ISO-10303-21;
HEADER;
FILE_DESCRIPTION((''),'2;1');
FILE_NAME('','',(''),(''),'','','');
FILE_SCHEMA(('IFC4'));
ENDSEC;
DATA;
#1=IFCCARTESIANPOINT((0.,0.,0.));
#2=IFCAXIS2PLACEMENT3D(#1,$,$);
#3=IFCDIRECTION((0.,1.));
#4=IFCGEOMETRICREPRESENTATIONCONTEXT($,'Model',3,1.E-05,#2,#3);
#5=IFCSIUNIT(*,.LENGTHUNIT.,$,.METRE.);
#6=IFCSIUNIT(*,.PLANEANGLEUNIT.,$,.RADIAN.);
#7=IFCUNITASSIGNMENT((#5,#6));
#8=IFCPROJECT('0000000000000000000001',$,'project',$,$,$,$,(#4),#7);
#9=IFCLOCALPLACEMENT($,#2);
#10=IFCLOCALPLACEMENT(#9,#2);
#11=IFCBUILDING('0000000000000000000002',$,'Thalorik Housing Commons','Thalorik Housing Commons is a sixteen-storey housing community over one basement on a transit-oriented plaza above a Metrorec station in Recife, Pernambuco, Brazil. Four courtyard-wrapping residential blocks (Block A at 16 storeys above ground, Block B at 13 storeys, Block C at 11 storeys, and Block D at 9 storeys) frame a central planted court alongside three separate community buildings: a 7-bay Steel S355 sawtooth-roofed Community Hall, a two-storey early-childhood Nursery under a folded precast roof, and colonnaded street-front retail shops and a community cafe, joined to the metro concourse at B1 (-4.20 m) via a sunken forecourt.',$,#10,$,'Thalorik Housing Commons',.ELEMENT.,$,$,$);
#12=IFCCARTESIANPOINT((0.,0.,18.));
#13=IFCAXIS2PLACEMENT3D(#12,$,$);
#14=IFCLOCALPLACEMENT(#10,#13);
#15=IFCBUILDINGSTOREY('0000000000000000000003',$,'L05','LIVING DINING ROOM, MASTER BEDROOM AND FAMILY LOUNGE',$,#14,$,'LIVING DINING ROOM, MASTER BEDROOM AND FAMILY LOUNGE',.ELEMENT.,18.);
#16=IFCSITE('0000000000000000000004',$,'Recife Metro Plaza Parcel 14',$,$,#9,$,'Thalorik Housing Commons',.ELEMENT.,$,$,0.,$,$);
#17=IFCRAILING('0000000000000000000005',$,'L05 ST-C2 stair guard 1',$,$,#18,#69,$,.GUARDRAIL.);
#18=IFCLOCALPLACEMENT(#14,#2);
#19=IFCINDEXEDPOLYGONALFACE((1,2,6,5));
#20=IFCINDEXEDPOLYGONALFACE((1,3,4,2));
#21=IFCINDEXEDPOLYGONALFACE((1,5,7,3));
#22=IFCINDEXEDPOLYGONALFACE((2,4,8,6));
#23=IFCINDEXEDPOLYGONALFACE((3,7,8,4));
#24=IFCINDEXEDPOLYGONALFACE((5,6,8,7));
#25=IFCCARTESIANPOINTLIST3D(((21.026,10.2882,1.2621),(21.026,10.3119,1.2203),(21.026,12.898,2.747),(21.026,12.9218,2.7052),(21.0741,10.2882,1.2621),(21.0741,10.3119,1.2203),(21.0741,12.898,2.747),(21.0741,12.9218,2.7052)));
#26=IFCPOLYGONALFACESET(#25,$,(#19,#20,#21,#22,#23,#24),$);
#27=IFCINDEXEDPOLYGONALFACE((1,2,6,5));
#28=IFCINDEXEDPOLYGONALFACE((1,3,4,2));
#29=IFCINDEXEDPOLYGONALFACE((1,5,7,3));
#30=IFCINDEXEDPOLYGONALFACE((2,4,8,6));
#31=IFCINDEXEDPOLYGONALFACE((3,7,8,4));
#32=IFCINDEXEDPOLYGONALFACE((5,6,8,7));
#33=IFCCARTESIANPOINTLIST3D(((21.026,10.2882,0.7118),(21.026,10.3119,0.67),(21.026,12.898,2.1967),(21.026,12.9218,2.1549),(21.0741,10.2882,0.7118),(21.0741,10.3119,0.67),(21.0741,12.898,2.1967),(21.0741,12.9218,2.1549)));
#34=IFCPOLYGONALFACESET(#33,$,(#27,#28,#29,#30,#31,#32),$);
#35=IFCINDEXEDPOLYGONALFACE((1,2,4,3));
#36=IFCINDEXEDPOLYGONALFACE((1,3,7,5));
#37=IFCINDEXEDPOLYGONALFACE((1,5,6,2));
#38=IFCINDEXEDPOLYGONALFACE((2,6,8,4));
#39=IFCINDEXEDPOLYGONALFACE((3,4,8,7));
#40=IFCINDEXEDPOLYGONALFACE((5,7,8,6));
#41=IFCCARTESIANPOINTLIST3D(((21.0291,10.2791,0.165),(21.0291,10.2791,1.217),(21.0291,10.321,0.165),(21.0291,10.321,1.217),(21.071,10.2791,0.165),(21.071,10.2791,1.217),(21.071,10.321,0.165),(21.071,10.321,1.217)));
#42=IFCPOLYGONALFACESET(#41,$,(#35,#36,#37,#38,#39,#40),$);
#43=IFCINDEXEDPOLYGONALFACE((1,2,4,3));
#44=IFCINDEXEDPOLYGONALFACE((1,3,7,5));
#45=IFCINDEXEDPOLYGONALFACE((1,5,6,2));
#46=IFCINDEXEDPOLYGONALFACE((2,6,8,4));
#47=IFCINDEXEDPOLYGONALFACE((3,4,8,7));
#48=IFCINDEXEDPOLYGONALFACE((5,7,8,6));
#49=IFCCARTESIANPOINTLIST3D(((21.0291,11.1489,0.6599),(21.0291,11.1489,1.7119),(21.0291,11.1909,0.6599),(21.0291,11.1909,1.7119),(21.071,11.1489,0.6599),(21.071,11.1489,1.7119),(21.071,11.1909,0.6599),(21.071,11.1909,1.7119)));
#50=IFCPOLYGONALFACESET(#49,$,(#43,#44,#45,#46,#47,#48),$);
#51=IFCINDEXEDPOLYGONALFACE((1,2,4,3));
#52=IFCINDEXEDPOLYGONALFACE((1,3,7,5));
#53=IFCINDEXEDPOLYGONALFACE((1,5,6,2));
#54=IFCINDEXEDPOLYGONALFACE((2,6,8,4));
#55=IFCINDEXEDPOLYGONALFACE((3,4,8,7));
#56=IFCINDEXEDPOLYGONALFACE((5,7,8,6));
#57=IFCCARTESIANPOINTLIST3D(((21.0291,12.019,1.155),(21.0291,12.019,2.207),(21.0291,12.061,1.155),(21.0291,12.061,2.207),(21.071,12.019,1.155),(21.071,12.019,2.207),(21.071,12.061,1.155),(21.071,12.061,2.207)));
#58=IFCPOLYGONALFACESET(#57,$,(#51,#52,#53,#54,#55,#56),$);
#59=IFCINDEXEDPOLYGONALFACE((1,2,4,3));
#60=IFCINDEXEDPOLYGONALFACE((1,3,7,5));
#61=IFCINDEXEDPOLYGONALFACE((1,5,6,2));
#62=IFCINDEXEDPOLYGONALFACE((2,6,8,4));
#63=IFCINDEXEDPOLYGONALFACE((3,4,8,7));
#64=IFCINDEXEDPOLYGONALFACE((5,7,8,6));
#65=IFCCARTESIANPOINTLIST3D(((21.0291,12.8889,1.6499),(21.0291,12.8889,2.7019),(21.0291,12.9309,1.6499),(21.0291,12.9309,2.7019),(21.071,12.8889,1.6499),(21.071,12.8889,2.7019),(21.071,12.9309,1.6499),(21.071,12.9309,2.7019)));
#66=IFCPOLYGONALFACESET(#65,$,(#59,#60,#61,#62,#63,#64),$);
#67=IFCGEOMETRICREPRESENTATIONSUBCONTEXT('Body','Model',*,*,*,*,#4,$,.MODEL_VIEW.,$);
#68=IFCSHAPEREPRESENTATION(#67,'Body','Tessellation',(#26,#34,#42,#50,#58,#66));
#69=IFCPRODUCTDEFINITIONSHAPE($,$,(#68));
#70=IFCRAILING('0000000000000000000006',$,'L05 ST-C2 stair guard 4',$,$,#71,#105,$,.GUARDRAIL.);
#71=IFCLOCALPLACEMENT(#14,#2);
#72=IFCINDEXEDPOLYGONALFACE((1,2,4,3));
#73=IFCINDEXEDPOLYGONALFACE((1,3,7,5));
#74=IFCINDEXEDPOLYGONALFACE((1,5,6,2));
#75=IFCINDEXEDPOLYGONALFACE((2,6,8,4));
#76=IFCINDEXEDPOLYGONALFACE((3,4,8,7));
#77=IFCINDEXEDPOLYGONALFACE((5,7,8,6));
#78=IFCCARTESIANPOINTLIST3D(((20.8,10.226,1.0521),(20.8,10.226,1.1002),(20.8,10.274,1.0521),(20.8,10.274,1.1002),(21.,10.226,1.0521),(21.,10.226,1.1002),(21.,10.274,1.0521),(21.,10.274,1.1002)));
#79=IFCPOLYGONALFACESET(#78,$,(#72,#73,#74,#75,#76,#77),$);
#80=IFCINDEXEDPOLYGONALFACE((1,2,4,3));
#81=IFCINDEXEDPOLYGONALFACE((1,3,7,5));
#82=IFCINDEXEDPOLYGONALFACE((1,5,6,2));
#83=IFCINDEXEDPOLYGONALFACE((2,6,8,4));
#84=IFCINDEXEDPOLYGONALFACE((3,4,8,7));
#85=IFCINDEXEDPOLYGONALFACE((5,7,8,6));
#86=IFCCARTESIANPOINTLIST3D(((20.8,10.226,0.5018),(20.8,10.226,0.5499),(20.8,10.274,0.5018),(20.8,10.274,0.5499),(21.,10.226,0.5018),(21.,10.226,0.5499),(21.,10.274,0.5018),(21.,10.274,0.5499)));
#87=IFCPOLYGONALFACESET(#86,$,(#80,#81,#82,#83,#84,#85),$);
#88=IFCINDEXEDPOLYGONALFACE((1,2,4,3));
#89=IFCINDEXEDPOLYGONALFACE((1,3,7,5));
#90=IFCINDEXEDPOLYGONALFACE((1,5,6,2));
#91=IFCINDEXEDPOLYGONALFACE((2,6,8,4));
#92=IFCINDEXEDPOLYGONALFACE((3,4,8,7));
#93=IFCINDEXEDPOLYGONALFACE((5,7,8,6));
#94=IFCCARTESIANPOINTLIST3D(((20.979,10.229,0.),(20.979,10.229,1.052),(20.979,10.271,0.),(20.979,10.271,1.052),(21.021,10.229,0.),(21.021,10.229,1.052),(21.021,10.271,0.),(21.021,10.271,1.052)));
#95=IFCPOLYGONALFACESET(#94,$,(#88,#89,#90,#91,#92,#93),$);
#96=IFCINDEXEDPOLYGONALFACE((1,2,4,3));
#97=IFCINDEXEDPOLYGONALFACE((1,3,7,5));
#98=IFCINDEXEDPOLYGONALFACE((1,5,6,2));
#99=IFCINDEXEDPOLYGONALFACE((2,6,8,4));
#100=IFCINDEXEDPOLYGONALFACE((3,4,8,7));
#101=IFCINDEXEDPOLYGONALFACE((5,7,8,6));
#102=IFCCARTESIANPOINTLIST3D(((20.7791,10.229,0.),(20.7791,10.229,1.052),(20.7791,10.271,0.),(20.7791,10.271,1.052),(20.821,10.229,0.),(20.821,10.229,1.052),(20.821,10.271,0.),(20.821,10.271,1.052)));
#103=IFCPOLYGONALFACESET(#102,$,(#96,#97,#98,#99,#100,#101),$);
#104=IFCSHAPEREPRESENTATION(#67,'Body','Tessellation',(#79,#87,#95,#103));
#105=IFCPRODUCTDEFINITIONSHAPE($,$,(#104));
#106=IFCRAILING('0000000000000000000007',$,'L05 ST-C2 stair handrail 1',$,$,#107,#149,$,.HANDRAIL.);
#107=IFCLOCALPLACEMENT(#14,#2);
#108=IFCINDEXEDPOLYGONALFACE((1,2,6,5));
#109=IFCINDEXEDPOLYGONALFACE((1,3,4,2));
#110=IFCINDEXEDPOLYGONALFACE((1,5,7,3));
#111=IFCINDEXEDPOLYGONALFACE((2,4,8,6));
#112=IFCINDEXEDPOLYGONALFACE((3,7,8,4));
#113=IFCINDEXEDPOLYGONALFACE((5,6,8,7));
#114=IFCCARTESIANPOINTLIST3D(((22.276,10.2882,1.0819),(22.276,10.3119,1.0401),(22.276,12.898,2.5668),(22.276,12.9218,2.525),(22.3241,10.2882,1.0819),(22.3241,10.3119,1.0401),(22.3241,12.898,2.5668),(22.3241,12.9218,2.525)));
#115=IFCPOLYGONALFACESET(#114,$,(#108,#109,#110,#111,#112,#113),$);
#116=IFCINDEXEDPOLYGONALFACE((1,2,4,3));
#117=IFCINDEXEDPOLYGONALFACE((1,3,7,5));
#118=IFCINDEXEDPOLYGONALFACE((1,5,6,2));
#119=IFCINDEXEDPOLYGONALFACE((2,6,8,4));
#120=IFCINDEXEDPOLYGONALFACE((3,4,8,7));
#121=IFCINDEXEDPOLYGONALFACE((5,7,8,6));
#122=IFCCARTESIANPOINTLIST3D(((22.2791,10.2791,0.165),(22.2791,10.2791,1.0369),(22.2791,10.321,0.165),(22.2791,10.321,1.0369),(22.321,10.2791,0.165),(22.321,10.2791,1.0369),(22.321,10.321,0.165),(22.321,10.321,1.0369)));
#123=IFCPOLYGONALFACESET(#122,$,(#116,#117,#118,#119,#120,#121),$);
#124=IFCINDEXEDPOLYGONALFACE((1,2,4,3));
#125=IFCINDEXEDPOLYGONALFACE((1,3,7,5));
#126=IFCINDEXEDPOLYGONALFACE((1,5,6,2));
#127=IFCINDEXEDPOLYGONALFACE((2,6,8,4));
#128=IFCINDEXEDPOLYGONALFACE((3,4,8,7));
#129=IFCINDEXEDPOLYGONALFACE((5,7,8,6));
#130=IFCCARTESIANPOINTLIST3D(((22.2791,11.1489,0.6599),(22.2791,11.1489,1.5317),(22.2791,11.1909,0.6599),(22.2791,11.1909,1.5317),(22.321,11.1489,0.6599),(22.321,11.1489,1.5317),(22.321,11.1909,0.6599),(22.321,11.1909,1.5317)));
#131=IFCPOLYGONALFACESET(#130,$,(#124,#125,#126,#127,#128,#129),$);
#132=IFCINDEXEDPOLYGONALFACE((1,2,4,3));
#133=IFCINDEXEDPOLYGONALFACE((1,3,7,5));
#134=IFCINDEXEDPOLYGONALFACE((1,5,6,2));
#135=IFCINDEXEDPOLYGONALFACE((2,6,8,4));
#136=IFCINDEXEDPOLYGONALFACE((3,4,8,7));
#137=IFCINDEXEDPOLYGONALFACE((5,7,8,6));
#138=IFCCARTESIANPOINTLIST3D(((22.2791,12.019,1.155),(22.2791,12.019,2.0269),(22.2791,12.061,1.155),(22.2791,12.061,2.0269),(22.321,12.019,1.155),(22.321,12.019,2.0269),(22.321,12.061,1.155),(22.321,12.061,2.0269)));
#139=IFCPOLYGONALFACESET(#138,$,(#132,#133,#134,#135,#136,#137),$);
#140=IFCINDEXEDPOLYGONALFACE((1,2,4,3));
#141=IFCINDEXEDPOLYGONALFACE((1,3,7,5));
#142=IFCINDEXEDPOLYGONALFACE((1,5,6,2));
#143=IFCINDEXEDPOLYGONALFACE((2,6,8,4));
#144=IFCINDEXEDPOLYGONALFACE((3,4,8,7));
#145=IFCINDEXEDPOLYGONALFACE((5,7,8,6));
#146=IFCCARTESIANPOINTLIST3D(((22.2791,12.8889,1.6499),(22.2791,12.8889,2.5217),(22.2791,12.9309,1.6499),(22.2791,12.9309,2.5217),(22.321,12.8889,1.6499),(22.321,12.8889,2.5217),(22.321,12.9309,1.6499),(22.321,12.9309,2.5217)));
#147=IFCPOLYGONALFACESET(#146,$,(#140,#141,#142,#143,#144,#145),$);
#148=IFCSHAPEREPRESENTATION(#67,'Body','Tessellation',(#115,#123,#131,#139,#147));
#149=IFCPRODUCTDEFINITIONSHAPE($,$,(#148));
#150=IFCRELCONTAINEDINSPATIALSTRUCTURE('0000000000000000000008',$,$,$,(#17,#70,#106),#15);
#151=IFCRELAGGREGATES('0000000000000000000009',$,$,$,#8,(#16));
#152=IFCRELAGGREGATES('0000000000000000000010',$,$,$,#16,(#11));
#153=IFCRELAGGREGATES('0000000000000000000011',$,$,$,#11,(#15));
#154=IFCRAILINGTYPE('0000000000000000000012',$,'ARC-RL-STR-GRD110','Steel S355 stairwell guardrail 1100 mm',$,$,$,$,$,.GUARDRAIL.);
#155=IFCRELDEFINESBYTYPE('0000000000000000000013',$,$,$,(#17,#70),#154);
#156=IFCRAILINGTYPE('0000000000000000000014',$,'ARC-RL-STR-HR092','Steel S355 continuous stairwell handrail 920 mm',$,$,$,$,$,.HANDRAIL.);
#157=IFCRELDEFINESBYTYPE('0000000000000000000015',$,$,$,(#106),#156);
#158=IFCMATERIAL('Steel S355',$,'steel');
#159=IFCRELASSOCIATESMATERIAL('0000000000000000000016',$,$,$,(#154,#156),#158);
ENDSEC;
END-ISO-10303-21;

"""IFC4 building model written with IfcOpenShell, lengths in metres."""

from ifc_helpers import new_model, si_unit, direction, frame, origin, origin_2d, place, context, subcontext, project, spatial, rectangle, extrude, material, type_object, element, save


model = new_model("IFC4")

# Units and contexts
model_context = context("Model", 3, precision=1e-05, world=origin(), true_north=direction((0.0, 1.0)))
body_context = subcontext(model_context, "Body", "Model", "MODEL_VIEW")
ifc_project = project(units=[si_unit("LENGTHUNIT", "METRE"), si_unit("PLANEANGLEUNIT", "RADIAN")], contexts=[model_context])

# Site, building, storey
site_placement = place(None, origin())
site = spatial("IfcSite", under=ifc_project, at=site_placement, Name="Recife Metro Plaza Parcel 14", LongName="Thalorik Housing Commons", CompositionType="ELEMENT", RefElevation=0.0)
building_placement = place(site_placement, origin())
building = spatial("IfcBuilding", under=site, at=building_placement, Name="Thalorik Housing Commons", Description="Thalorik Housing Commons is a sixteen-storey housing community over one basement on a transit-oriented plaza above a Metrorec station in Recife, Pernambuco, Brazil. Four courtyard-wrapping residential blocks (Block A at 16 storeys above ground, Block B at 13 storeys, Block C at 11 storeys, and Block D at 9 storeys) frame a central planted court alongside three separate community buildings: a 7-bay Steel S355 sawtooth-roofed Community Hall, a two-storey early-childhood Nursery under a folded precast roof, and colonnaded street-front retail shops and a community cafe, joined to the metro concourse at B1 (-4.20 m) via a sunken forecourt.", LongName="Thalorik Housing Commons", CompositionType="ELEMENT")
storey_placement = place(building_placement, frame((0.0, 0.0, 18.0)))
storey = spatial("IfcBuildingStorey", under=building, at=storey_placement, Name="L05", Description="LIVING DINING ROOM, MASTER BEDROOM AND FAMILY LOUNGE", LongName="LIVING DINING ROOM, MASTER BEDROOM AND FAMILY LOUNGE", CompositionType="ELEMENT", Elevation=18.0)

# Shared definitions
ifc_material_1 = material(Name="Steel S355", Category="steel")

# Railings
railing_type_1 = type_object("IfcRailingType", Name="ARC-RL-STR-GRD110", Description="Steel S355 stairwell guardrail 1100 mm", PredefinedType="GUARDRAIL", material=ifc_material_1)
railing_1_placement = place(storey_placement, frame((21.05, 10.3, 0.165)))
element("IfcRailing", 1, at=railing_1_placement, inside=storey, type_object=railing_type_1, Name="L05 ST-C2 stair guard 1", PredefinedType="GUARDRAIL", context=body_context, shape_type="SweptSolid", body=[
    extrude(rectangle(XDim=0.0481, YDim=0.0481, at=origin_2d()), frame((0.0, 0.0, 1.0762), z_axis=(0.0, 0.869172, 0.494509), x_axis=(-1.0, 0.0, 0.0)), (0.0, 0.0, 1.0), 3.0027),
    extrude(rectangle(XDim=0.0481, YDim=0.0481, at=origin_2d()), frame((0.0, 0.0, 0.5259), z_axis=(0.0, 0.869172, 0.494509), x_axis=(-1.0, 0.0, 0.0)), (0.0, 0.0, 1.0), 3.0027),
    extrude(rectangle(XDim=0.042, YDim=0.042, at=origin_2d()), origin(), (0.0, 0.0, 1.0), 1.052),
    extrude(rectangle(XDim=0.042, YDim=0.042, at=origin_2d()), frame((0.0, 0.8699, 0.4949)), (0.0, 0.0, 1.0), 1.052),
    extrude(rectangle(XDim=0.042, YDim=0.042, at=origin_2d()), frame((0.0, 1.74, 0.99)), (0.0, 0.0, 1.0), 1.052),
    extrude(rectangle(XDim=0.042, YDim=0.042, at=origin_2d()), frame((0.0, 2.6099, 1.4849)), (0.0, 0.0, 1.0), 1.052),
])
railing_2_placement = place(storey_placement, frame((21.0, 10.25, 0.0)))
element("IfcRailing", 2, at=railing_2_placement, inside=storey, type_object=railing_type_1, Name="L05 ST-C2 stair guard 4", PredefinedType="GUARDRAIL", context=body_context, shape_type="SweptSolid", body=[
    extrude(rectangle(XDim=0.0481, YDim=0.0481, at=origin_2d()), frame((0.0, 0.0, 1.0762), z_axis=(-1.0, 0.0, 0.0), x_axis=(0.0, -1.0, 0.0)), (0.0, 0.0, 1.0), 0.2),
    extrude(rectangle(XDim=0.0481, YDim=0.0481, at=origin_2d()), frame((0.0, 0.0, 0.5259), z_axis=(-1.0, 0.0, 0.0), x_axis=(0.0, -1.0, 0.0)), (0.0, 0.0, 1.0), 0.2),
    extrude(rectangle(XDim=0.042, YDim=0.042, at=origin_2d()), origin(), (0.0, 0.0, 1.0), 1.052),
    extrude(rectangle(XDim=0.042, YDim=0.042, at=origin_2d()), frame((-0.2, 0.0, 0.0)), (0.0, 0.0, 1.0), 1.052),
])
railing_type_2 = type_object("IfcRailingType", Name="ARC-RL-STR-HR092", Description="Steel S355 continuous stairwell handrail 920 mm", PredefinedType="HANDRAIL", material=ifc_material_1)
railing_3_placement = place(storey_placement, frame((22.3, 10.3, 0.165)))
element("IfcRailing", 3, at=railing_3_placement, inside=storey, type_object=railing_type_2, Name="L05 ST-C2 stair handrail 1", PredefinedType="HANDRAIL", context=body_context, shape_type="SweptSolid", body=[
    extrude(rectangle(XDim=0.0481, YDim=0.0481, at=origin_2d()), frame((0.0, 0.0, 0.896), z_axis=(0.0, 0.869172, 0.494509), x_axis=(-1.0, 0.0, 0.0)), (0.0, 0.0, 1.0), 3.0027),
    extrude(rectangle(XDim=0.042, YDim=0.042, at=origin_2d()), origin(), (0.0, 0.0, 1.0), 0.8718),
    extrude(rectangle(XDim=0.042, YDim=0.042, at=origin_2d()), frame((0.0, 0.8699, 0.4949)), (0.0, 0.0, 1.0), 0.8718),
    extrude(rectangle(XDim=0.042, YDim=0.042, at=origin_2d()), frame((0.0, 1.74, 0.99)), (0.0, 0.0, 1.0), 0.8718),
    extrude(rectangle(XDim=0.042, YDim=0.042, at=origin_2d()), frame((0.0, 2.6099, 1.4849)), (0.0, 0.0, 1.0), 0.8718),
])

save(model, "model.ifc")
